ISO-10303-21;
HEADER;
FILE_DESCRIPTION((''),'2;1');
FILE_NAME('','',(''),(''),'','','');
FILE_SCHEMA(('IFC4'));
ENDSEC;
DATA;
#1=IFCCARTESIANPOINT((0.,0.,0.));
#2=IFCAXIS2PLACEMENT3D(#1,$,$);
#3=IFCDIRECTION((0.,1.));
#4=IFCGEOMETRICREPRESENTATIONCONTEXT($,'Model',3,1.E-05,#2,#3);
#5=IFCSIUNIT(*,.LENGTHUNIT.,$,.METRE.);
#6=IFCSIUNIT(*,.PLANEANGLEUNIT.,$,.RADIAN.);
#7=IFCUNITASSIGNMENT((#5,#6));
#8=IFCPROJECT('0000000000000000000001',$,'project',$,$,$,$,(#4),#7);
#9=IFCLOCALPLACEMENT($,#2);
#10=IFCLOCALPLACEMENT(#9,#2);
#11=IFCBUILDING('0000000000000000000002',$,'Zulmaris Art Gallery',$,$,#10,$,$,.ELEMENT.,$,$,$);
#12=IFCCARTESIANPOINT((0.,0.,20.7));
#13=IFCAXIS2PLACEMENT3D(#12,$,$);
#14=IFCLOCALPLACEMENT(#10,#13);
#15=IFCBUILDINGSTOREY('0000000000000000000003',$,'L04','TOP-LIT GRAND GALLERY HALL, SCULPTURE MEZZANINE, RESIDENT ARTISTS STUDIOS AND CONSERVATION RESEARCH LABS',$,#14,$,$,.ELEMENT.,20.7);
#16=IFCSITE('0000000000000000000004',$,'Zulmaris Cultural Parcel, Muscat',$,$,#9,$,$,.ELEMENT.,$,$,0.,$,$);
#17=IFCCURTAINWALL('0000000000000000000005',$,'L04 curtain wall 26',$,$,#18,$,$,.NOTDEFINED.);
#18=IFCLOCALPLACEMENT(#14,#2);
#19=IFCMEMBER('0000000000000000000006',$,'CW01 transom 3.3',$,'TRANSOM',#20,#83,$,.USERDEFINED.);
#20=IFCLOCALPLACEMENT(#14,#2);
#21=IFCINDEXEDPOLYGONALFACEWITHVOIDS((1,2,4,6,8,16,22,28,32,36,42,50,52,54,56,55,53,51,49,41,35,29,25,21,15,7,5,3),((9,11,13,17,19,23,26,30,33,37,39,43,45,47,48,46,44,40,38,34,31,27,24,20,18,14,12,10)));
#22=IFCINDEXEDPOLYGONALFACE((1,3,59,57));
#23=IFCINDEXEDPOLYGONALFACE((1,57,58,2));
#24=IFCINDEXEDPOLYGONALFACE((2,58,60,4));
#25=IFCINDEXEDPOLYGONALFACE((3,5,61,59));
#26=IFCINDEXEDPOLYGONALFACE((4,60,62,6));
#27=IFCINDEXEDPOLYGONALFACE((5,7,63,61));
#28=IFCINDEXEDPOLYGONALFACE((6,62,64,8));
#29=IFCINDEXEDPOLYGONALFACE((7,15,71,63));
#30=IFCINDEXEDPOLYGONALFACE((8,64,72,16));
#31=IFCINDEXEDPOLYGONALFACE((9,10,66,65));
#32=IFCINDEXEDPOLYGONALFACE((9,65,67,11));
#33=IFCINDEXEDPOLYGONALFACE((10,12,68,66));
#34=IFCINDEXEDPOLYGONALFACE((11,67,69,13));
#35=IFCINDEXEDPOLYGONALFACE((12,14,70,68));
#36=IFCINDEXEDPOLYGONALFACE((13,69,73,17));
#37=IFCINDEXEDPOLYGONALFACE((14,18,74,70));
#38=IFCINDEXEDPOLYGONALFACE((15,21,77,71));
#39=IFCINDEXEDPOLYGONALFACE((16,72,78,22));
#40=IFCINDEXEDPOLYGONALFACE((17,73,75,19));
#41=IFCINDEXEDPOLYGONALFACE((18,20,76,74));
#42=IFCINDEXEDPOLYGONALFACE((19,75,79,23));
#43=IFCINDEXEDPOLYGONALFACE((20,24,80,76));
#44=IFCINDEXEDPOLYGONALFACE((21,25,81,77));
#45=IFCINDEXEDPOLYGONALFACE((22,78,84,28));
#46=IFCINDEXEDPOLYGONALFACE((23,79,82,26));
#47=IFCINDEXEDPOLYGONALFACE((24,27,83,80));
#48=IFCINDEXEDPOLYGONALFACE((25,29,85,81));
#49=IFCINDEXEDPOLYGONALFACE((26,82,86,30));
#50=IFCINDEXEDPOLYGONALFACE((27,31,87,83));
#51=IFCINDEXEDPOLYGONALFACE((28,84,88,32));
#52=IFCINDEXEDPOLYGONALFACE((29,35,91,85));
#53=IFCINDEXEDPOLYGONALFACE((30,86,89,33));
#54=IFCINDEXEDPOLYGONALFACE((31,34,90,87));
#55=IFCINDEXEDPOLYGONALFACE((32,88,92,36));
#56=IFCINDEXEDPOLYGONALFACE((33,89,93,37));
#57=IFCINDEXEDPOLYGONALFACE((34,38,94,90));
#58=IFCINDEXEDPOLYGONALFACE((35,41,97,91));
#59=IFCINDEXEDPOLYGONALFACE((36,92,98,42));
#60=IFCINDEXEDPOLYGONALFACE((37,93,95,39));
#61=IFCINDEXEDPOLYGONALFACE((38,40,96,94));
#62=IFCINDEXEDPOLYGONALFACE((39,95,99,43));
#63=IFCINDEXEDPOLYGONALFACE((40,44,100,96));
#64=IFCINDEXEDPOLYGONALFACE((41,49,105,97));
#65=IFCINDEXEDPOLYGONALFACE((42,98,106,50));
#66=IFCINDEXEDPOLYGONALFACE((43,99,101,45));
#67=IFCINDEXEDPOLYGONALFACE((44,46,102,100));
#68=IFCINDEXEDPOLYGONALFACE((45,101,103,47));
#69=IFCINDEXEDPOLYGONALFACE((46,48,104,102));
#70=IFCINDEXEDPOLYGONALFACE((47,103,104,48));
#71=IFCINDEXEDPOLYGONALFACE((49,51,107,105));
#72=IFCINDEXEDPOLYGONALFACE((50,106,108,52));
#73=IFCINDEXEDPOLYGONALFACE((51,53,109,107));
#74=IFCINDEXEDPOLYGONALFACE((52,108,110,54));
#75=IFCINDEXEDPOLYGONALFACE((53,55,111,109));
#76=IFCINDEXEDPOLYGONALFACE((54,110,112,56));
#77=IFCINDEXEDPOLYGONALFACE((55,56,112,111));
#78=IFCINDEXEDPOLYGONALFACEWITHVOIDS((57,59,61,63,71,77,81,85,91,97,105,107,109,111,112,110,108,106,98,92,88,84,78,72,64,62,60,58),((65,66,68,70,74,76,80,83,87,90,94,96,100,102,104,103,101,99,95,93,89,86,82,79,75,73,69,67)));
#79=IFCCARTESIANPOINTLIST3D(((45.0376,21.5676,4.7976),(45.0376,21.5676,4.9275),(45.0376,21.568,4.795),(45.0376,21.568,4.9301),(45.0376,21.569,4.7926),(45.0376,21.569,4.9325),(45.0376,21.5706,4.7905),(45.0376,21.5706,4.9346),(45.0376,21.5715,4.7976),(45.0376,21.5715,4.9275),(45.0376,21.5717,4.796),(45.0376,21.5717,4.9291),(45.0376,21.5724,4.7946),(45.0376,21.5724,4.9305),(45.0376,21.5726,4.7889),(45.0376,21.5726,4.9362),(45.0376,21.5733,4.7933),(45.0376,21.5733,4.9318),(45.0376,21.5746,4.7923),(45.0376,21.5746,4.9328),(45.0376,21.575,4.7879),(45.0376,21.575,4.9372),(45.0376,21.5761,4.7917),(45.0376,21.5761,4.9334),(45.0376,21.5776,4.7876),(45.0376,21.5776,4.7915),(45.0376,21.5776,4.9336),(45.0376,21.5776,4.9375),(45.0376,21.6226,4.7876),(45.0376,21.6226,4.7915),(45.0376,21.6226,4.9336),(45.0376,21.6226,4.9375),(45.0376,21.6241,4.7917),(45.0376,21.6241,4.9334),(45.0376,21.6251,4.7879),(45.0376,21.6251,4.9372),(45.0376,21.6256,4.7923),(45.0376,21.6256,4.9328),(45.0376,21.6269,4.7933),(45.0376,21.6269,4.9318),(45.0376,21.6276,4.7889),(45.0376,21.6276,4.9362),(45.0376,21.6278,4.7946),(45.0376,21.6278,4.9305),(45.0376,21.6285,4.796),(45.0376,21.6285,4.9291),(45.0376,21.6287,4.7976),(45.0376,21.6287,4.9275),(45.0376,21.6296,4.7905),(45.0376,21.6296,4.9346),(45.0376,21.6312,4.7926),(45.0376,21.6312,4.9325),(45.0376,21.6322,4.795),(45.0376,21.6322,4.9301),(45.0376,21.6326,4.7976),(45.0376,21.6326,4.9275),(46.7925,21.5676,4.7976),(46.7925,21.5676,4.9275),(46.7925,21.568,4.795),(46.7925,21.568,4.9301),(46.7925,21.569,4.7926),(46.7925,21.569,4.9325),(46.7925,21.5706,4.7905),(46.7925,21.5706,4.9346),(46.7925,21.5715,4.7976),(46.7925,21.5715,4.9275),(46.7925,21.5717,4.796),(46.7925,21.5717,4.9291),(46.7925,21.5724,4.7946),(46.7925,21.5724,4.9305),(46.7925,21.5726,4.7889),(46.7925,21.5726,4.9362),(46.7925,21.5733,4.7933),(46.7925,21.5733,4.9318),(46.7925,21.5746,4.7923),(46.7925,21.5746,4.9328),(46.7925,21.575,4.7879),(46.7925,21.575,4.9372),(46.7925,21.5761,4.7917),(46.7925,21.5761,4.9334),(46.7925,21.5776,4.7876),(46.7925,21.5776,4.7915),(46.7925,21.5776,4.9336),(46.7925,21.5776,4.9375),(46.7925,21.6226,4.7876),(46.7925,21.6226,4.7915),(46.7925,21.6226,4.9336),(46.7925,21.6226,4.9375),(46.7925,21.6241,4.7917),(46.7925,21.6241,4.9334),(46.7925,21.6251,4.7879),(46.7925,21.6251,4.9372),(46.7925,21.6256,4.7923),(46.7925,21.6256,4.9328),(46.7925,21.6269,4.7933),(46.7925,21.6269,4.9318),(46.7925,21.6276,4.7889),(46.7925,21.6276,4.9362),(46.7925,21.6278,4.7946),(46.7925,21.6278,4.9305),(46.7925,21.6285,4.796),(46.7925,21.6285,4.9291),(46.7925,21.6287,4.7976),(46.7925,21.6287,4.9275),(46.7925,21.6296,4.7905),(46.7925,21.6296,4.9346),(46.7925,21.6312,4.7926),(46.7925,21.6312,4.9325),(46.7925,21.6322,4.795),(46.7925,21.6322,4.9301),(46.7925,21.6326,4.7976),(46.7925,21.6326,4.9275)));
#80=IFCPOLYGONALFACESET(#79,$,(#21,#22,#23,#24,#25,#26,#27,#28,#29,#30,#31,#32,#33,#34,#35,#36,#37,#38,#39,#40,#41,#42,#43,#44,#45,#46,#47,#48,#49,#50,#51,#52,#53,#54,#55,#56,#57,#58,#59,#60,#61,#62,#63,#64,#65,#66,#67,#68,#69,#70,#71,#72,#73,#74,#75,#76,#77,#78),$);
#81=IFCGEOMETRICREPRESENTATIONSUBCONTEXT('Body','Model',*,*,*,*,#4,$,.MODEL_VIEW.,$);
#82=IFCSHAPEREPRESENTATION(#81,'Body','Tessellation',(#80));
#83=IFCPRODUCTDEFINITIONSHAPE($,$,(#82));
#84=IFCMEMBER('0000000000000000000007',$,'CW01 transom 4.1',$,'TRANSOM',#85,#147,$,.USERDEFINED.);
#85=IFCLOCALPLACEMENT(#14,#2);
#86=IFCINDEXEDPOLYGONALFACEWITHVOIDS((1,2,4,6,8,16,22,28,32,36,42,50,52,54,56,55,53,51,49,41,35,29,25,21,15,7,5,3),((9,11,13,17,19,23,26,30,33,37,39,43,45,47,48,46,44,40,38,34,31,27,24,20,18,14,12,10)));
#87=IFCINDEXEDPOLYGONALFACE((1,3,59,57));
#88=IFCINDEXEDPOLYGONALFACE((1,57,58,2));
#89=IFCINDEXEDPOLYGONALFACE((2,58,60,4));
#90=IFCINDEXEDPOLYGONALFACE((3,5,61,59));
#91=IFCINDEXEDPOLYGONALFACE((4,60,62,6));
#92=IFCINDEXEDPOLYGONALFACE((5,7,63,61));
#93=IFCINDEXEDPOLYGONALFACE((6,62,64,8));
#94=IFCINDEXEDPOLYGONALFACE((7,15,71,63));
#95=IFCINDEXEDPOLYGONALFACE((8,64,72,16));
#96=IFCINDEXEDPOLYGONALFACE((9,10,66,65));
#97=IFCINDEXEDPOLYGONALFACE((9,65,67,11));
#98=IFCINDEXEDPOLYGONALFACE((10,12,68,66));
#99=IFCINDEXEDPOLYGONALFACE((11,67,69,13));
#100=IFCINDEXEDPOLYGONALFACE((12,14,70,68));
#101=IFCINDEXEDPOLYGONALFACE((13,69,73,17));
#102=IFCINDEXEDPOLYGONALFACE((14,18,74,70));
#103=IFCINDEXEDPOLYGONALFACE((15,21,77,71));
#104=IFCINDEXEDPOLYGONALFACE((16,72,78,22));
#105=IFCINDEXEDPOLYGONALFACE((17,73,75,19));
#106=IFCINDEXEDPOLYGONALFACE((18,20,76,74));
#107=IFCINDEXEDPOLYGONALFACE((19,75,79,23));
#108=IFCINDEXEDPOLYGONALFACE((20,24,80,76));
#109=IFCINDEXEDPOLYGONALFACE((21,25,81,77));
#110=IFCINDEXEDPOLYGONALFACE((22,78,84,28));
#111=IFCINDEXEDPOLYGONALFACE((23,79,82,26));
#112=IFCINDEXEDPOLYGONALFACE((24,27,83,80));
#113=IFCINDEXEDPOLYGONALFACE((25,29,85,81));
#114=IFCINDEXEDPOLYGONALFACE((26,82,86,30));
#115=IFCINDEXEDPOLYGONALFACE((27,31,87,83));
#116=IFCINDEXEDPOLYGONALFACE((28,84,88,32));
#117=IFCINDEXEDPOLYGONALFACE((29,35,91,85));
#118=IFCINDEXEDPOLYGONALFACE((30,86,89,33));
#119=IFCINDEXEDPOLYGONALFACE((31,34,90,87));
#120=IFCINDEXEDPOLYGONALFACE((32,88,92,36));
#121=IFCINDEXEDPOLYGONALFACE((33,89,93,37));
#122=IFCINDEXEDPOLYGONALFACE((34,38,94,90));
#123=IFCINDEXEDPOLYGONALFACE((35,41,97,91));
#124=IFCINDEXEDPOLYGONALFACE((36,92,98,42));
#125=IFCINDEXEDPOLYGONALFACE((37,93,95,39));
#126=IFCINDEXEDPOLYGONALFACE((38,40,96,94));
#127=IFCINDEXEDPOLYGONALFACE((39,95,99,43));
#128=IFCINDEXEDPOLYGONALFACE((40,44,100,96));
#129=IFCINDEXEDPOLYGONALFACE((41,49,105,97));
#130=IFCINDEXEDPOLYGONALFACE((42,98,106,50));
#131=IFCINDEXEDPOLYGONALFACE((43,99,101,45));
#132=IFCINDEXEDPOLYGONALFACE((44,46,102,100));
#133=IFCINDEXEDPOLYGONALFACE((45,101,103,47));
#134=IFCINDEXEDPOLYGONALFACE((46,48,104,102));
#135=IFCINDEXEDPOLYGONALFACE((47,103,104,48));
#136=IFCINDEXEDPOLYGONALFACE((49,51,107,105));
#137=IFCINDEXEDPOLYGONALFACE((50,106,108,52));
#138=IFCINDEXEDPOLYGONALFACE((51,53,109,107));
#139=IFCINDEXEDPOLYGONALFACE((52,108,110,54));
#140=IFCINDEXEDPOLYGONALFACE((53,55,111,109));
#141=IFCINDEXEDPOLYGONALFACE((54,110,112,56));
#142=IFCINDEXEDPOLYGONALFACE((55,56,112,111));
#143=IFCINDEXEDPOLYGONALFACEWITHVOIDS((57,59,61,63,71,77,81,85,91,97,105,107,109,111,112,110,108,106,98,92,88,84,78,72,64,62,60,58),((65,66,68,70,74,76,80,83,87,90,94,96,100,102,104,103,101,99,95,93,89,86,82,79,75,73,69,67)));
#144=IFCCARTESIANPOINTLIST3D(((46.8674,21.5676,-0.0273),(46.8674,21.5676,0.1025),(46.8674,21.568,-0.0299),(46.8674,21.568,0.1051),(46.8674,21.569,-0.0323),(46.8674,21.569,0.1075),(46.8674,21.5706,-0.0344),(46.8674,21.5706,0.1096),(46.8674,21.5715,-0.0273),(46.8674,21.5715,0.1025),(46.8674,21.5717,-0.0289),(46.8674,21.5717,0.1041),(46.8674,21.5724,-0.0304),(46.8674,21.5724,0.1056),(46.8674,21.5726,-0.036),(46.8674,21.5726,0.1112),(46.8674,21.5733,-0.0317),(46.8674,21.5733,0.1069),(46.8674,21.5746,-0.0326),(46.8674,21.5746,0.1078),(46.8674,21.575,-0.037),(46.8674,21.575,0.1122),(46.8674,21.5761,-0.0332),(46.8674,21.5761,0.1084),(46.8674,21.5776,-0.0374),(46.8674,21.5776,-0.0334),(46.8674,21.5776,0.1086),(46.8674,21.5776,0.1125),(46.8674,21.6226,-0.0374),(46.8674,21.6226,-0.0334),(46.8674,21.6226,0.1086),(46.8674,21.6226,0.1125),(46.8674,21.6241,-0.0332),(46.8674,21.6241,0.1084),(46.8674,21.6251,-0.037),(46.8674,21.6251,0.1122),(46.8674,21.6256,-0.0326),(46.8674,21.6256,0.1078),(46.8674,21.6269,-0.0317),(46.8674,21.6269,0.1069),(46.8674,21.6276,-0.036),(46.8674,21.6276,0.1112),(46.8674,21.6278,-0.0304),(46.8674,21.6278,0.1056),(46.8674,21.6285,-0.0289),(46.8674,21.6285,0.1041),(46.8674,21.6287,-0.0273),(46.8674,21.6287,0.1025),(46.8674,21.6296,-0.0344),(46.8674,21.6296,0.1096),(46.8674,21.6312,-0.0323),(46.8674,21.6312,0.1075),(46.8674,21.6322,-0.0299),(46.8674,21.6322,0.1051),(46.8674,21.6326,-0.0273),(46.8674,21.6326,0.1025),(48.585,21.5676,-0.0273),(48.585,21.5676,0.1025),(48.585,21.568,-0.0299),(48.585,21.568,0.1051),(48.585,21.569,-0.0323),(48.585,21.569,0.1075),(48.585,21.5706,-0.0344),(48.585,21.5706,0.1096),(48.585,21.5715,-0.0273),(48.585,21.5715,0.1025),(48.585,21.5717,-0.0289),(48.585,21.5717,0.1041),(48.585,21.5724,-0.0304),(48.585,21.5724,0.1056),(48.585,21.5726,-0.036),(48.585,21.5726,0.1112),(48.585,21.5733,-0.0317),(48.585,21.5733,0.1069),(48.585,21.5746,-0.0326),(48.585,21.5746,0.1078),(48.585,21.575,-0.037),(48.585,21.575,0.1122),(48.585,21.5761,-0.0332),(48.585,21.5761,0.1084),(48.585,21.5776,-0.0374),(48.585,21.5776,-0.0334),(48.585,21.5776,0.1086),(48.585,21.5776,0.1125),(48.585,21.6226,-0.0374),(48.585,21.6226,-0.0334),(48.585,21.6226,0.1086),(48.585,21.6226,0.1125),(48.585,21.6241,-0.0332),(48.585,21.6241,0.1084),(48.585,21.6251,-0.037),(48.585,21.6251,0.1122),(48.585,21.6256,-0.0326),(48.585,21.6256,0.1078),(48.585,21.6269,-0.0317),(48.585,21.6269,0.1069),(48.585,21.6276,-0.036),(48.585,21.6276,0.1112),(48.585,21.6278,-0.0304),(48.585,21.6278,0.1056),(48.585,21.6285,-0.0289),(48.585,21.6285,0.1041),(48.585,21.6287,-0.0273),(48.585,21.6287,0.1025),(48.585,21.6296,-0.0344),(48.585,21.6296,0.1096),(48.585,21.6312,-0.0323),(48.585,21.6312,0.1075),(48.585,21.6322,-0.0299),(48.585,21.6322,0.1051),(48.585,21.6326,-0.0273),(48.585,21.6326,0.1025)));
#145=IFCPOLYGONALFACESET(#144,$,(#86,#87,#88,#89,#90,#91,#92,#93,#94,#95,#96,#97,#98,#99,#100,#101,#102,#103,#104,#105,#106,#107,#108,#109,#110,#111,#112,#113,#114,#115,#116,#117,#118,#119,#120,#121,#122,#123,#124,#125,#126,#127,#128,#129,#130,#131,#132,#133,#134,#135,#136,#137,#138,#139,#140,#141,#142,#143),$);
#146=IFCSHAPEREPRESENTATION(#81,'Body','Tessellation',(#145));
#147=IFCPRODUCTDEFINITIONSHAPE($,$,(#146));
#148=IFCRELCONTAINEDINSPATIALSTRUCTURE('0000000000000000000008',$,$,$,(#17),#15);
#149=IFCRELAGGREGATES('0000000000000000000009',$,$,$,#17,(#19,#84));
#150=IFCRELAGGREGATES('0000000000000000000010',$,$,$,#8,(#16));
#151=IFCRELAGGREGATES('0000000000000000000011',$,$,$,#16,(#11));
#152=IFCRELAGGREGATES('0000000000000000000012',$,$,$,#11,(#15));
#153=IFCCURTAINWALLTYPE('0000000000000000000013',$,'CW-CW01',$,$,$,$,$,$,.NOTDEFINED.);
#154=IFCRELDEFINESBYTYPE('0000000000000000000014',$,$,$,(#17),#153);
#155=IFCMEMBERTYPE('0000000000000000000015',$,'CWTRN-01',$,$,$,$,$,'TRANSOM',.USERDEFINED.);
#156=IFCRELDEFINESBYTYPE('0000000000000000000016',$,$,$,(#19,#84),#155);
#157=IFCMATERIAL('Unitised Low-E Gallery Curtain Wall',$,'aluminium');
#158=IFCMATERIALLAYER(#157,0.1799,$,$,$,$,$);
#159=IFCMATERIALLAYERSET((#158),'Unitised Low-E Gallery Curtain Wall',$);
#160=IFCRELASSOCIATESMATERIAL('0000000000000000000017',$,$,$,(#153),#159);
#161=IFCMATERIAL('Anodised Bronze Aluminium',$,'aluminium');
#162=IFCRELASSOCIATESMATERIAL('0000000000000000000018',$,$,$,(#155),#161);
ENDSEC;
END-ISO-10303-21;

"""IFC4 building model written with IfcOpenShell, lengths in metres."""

from ifc_helpers import new_model, si_unit, direction, frame, origin, origin_2d, place, context, subcontext, project, spatial, hollow_rectangle, extrude, material, layer, layer_set, material_profile, profile_set, type_object, element, aggregate, save


model = new_model("IFC4")

# Units and contexts
model_context = context("Model", 3, precision=1e-05, world=origin(), true_north=direction((0.0, 1.0)))
body_context = subcontext(model_context, "Body", "Model", "MODEL_VIEW")
ifc_project = project(units=[si_unit("LENGTHUNIT", "METRE"), si_unit("PLANEANGLEUNIT", "RADIAN")], contexts=[model_context])

# Site, building, storey
site_placement = place(None, origin())
site = spatial("IfcSite", under=ifc_project, at=site_placement, Name="Zulmaris Cultural Parcel, Muscat", CompositionType="ELEMENT", RefElevation=0.0)
building_placement = place(site_placement, origin())
building = spatial("IfcBuilding", under=site, at=building_placement, Name="Zulmaris Art Gallery", CompositionType="ELEMENT")
storey_placement = place(building_placement, frame((0.0, 0.0, 20.7)))
storey = spatial("IfcBuildingStorey", under=building, at=storey_placement, Name="L04", Description="TOP-LIT GRAND GALLERY HALL, SCULPTURE MEZZANINE, RESIDENT ARTISTS STUDIOS AND CONSERVATION RESEARCH LABS", CompositionType="ELEMENT", Elevation=20.7)

# Curtain wall
ifc_material_1 = material(Name="Unitised Low-E Gallery Curtain Wall", Category="aluminium")
ifc_layer_1 = layer(ifc_material_1, 0.1799)
ifc_layer_set_1 = layer_set([ifc_layer_1], Name="Unitised Low-E Gallery Curtain Wall")
curtain_wall_type_1 = type_object("IfcCurtainWallType", Name="CW-CW01", PredefinedType="NOTDEFINED", material=ifc_layer_set_1)
curtain_wall_1_placement = place(storey_placement, origin())
curtain_wall_1 = element("IfcCurtainWall", 1, at=curtain_wall_1_placement, inside=storey, type_object=curtain_wall_type_1, Name="L04 curtain wall 26", PredefinedType="NOTDEFINED")
ifc_material_2 = material(Name="Anodised Bronze Aluminium", Category="aluminium")

# Members
ifc_material_profile_1 = material_profile(ifc_material_2, hollow_rectangle(XDim=0.0649, YDim=0.1499, WallThickness=0.0039, InnerFilletRadius=0.0061, OuterFilletRadius=0.01, at=origin_2d()), Name="ALU 65x150x4")
ifc_profile_set_1 = profile_set([ifc_material_profile_1], Name="Anodised Bronze Aluminium")
member_type_1 = type_object("IfcMemberType", Name="CWTRN-01", ElementType="TRANSOM", PredefinedType="USERDEFINED", material=ifc_profile_set_1)
member_1_placement = place(storey_placement, frame((45.0376, 21.6001, 4.8625), z_axis=(1.0, 0.0, 0.0), x_axis=(0.0, 1.0, 0.0)))
member_1 = element("IfcMember", 2, at=member_1_placement, type_object=member_type_1, Name="CW01 transom 3.3", ObjectType="TRANSOM", PredefinedType="USERDEFINED", context=body_context, shape_type="SweptSolid", body=[
    extrude(hollow_rectangle(XDim=0.0649, YDim=0.1499, WallThickness=0.0039, InnerFilletRadius=0.0061, OuterFilletRadius=0.01, at=origin_2d()), origin(), (0.0, 0.0, 1.0), 1.7549),
])
member_2_placement = place(storey_placement, frame((46.8674, 21.6001, 0.0376), z_axis=(1.0, 0.0, 0.0), x_axis=(0.0, 1.0, 0.0)))
member_2 = element("IfcMember", 3, at=member_2_placement, type_object=member_type_1, Name="CW01 transom 4.1", ObjectType="TRANSOM", PredefinedType="USERDEFINED", context=body_context, shape_type="SweptSolid", body=[
    extrude(hollow_rectangle(XDim=0.0649, YDim=0.1499, WallThickness=0.0039, InnerFilletRadius=0.0061, OuterFilletRadius=0.01, at=origin_2d()), origin(), (0.0, 0.0, 1.0), 1.7175),
])

aggregate(curtain_wall_1, [member_1, member_2])

save(model, "model.ifc")
